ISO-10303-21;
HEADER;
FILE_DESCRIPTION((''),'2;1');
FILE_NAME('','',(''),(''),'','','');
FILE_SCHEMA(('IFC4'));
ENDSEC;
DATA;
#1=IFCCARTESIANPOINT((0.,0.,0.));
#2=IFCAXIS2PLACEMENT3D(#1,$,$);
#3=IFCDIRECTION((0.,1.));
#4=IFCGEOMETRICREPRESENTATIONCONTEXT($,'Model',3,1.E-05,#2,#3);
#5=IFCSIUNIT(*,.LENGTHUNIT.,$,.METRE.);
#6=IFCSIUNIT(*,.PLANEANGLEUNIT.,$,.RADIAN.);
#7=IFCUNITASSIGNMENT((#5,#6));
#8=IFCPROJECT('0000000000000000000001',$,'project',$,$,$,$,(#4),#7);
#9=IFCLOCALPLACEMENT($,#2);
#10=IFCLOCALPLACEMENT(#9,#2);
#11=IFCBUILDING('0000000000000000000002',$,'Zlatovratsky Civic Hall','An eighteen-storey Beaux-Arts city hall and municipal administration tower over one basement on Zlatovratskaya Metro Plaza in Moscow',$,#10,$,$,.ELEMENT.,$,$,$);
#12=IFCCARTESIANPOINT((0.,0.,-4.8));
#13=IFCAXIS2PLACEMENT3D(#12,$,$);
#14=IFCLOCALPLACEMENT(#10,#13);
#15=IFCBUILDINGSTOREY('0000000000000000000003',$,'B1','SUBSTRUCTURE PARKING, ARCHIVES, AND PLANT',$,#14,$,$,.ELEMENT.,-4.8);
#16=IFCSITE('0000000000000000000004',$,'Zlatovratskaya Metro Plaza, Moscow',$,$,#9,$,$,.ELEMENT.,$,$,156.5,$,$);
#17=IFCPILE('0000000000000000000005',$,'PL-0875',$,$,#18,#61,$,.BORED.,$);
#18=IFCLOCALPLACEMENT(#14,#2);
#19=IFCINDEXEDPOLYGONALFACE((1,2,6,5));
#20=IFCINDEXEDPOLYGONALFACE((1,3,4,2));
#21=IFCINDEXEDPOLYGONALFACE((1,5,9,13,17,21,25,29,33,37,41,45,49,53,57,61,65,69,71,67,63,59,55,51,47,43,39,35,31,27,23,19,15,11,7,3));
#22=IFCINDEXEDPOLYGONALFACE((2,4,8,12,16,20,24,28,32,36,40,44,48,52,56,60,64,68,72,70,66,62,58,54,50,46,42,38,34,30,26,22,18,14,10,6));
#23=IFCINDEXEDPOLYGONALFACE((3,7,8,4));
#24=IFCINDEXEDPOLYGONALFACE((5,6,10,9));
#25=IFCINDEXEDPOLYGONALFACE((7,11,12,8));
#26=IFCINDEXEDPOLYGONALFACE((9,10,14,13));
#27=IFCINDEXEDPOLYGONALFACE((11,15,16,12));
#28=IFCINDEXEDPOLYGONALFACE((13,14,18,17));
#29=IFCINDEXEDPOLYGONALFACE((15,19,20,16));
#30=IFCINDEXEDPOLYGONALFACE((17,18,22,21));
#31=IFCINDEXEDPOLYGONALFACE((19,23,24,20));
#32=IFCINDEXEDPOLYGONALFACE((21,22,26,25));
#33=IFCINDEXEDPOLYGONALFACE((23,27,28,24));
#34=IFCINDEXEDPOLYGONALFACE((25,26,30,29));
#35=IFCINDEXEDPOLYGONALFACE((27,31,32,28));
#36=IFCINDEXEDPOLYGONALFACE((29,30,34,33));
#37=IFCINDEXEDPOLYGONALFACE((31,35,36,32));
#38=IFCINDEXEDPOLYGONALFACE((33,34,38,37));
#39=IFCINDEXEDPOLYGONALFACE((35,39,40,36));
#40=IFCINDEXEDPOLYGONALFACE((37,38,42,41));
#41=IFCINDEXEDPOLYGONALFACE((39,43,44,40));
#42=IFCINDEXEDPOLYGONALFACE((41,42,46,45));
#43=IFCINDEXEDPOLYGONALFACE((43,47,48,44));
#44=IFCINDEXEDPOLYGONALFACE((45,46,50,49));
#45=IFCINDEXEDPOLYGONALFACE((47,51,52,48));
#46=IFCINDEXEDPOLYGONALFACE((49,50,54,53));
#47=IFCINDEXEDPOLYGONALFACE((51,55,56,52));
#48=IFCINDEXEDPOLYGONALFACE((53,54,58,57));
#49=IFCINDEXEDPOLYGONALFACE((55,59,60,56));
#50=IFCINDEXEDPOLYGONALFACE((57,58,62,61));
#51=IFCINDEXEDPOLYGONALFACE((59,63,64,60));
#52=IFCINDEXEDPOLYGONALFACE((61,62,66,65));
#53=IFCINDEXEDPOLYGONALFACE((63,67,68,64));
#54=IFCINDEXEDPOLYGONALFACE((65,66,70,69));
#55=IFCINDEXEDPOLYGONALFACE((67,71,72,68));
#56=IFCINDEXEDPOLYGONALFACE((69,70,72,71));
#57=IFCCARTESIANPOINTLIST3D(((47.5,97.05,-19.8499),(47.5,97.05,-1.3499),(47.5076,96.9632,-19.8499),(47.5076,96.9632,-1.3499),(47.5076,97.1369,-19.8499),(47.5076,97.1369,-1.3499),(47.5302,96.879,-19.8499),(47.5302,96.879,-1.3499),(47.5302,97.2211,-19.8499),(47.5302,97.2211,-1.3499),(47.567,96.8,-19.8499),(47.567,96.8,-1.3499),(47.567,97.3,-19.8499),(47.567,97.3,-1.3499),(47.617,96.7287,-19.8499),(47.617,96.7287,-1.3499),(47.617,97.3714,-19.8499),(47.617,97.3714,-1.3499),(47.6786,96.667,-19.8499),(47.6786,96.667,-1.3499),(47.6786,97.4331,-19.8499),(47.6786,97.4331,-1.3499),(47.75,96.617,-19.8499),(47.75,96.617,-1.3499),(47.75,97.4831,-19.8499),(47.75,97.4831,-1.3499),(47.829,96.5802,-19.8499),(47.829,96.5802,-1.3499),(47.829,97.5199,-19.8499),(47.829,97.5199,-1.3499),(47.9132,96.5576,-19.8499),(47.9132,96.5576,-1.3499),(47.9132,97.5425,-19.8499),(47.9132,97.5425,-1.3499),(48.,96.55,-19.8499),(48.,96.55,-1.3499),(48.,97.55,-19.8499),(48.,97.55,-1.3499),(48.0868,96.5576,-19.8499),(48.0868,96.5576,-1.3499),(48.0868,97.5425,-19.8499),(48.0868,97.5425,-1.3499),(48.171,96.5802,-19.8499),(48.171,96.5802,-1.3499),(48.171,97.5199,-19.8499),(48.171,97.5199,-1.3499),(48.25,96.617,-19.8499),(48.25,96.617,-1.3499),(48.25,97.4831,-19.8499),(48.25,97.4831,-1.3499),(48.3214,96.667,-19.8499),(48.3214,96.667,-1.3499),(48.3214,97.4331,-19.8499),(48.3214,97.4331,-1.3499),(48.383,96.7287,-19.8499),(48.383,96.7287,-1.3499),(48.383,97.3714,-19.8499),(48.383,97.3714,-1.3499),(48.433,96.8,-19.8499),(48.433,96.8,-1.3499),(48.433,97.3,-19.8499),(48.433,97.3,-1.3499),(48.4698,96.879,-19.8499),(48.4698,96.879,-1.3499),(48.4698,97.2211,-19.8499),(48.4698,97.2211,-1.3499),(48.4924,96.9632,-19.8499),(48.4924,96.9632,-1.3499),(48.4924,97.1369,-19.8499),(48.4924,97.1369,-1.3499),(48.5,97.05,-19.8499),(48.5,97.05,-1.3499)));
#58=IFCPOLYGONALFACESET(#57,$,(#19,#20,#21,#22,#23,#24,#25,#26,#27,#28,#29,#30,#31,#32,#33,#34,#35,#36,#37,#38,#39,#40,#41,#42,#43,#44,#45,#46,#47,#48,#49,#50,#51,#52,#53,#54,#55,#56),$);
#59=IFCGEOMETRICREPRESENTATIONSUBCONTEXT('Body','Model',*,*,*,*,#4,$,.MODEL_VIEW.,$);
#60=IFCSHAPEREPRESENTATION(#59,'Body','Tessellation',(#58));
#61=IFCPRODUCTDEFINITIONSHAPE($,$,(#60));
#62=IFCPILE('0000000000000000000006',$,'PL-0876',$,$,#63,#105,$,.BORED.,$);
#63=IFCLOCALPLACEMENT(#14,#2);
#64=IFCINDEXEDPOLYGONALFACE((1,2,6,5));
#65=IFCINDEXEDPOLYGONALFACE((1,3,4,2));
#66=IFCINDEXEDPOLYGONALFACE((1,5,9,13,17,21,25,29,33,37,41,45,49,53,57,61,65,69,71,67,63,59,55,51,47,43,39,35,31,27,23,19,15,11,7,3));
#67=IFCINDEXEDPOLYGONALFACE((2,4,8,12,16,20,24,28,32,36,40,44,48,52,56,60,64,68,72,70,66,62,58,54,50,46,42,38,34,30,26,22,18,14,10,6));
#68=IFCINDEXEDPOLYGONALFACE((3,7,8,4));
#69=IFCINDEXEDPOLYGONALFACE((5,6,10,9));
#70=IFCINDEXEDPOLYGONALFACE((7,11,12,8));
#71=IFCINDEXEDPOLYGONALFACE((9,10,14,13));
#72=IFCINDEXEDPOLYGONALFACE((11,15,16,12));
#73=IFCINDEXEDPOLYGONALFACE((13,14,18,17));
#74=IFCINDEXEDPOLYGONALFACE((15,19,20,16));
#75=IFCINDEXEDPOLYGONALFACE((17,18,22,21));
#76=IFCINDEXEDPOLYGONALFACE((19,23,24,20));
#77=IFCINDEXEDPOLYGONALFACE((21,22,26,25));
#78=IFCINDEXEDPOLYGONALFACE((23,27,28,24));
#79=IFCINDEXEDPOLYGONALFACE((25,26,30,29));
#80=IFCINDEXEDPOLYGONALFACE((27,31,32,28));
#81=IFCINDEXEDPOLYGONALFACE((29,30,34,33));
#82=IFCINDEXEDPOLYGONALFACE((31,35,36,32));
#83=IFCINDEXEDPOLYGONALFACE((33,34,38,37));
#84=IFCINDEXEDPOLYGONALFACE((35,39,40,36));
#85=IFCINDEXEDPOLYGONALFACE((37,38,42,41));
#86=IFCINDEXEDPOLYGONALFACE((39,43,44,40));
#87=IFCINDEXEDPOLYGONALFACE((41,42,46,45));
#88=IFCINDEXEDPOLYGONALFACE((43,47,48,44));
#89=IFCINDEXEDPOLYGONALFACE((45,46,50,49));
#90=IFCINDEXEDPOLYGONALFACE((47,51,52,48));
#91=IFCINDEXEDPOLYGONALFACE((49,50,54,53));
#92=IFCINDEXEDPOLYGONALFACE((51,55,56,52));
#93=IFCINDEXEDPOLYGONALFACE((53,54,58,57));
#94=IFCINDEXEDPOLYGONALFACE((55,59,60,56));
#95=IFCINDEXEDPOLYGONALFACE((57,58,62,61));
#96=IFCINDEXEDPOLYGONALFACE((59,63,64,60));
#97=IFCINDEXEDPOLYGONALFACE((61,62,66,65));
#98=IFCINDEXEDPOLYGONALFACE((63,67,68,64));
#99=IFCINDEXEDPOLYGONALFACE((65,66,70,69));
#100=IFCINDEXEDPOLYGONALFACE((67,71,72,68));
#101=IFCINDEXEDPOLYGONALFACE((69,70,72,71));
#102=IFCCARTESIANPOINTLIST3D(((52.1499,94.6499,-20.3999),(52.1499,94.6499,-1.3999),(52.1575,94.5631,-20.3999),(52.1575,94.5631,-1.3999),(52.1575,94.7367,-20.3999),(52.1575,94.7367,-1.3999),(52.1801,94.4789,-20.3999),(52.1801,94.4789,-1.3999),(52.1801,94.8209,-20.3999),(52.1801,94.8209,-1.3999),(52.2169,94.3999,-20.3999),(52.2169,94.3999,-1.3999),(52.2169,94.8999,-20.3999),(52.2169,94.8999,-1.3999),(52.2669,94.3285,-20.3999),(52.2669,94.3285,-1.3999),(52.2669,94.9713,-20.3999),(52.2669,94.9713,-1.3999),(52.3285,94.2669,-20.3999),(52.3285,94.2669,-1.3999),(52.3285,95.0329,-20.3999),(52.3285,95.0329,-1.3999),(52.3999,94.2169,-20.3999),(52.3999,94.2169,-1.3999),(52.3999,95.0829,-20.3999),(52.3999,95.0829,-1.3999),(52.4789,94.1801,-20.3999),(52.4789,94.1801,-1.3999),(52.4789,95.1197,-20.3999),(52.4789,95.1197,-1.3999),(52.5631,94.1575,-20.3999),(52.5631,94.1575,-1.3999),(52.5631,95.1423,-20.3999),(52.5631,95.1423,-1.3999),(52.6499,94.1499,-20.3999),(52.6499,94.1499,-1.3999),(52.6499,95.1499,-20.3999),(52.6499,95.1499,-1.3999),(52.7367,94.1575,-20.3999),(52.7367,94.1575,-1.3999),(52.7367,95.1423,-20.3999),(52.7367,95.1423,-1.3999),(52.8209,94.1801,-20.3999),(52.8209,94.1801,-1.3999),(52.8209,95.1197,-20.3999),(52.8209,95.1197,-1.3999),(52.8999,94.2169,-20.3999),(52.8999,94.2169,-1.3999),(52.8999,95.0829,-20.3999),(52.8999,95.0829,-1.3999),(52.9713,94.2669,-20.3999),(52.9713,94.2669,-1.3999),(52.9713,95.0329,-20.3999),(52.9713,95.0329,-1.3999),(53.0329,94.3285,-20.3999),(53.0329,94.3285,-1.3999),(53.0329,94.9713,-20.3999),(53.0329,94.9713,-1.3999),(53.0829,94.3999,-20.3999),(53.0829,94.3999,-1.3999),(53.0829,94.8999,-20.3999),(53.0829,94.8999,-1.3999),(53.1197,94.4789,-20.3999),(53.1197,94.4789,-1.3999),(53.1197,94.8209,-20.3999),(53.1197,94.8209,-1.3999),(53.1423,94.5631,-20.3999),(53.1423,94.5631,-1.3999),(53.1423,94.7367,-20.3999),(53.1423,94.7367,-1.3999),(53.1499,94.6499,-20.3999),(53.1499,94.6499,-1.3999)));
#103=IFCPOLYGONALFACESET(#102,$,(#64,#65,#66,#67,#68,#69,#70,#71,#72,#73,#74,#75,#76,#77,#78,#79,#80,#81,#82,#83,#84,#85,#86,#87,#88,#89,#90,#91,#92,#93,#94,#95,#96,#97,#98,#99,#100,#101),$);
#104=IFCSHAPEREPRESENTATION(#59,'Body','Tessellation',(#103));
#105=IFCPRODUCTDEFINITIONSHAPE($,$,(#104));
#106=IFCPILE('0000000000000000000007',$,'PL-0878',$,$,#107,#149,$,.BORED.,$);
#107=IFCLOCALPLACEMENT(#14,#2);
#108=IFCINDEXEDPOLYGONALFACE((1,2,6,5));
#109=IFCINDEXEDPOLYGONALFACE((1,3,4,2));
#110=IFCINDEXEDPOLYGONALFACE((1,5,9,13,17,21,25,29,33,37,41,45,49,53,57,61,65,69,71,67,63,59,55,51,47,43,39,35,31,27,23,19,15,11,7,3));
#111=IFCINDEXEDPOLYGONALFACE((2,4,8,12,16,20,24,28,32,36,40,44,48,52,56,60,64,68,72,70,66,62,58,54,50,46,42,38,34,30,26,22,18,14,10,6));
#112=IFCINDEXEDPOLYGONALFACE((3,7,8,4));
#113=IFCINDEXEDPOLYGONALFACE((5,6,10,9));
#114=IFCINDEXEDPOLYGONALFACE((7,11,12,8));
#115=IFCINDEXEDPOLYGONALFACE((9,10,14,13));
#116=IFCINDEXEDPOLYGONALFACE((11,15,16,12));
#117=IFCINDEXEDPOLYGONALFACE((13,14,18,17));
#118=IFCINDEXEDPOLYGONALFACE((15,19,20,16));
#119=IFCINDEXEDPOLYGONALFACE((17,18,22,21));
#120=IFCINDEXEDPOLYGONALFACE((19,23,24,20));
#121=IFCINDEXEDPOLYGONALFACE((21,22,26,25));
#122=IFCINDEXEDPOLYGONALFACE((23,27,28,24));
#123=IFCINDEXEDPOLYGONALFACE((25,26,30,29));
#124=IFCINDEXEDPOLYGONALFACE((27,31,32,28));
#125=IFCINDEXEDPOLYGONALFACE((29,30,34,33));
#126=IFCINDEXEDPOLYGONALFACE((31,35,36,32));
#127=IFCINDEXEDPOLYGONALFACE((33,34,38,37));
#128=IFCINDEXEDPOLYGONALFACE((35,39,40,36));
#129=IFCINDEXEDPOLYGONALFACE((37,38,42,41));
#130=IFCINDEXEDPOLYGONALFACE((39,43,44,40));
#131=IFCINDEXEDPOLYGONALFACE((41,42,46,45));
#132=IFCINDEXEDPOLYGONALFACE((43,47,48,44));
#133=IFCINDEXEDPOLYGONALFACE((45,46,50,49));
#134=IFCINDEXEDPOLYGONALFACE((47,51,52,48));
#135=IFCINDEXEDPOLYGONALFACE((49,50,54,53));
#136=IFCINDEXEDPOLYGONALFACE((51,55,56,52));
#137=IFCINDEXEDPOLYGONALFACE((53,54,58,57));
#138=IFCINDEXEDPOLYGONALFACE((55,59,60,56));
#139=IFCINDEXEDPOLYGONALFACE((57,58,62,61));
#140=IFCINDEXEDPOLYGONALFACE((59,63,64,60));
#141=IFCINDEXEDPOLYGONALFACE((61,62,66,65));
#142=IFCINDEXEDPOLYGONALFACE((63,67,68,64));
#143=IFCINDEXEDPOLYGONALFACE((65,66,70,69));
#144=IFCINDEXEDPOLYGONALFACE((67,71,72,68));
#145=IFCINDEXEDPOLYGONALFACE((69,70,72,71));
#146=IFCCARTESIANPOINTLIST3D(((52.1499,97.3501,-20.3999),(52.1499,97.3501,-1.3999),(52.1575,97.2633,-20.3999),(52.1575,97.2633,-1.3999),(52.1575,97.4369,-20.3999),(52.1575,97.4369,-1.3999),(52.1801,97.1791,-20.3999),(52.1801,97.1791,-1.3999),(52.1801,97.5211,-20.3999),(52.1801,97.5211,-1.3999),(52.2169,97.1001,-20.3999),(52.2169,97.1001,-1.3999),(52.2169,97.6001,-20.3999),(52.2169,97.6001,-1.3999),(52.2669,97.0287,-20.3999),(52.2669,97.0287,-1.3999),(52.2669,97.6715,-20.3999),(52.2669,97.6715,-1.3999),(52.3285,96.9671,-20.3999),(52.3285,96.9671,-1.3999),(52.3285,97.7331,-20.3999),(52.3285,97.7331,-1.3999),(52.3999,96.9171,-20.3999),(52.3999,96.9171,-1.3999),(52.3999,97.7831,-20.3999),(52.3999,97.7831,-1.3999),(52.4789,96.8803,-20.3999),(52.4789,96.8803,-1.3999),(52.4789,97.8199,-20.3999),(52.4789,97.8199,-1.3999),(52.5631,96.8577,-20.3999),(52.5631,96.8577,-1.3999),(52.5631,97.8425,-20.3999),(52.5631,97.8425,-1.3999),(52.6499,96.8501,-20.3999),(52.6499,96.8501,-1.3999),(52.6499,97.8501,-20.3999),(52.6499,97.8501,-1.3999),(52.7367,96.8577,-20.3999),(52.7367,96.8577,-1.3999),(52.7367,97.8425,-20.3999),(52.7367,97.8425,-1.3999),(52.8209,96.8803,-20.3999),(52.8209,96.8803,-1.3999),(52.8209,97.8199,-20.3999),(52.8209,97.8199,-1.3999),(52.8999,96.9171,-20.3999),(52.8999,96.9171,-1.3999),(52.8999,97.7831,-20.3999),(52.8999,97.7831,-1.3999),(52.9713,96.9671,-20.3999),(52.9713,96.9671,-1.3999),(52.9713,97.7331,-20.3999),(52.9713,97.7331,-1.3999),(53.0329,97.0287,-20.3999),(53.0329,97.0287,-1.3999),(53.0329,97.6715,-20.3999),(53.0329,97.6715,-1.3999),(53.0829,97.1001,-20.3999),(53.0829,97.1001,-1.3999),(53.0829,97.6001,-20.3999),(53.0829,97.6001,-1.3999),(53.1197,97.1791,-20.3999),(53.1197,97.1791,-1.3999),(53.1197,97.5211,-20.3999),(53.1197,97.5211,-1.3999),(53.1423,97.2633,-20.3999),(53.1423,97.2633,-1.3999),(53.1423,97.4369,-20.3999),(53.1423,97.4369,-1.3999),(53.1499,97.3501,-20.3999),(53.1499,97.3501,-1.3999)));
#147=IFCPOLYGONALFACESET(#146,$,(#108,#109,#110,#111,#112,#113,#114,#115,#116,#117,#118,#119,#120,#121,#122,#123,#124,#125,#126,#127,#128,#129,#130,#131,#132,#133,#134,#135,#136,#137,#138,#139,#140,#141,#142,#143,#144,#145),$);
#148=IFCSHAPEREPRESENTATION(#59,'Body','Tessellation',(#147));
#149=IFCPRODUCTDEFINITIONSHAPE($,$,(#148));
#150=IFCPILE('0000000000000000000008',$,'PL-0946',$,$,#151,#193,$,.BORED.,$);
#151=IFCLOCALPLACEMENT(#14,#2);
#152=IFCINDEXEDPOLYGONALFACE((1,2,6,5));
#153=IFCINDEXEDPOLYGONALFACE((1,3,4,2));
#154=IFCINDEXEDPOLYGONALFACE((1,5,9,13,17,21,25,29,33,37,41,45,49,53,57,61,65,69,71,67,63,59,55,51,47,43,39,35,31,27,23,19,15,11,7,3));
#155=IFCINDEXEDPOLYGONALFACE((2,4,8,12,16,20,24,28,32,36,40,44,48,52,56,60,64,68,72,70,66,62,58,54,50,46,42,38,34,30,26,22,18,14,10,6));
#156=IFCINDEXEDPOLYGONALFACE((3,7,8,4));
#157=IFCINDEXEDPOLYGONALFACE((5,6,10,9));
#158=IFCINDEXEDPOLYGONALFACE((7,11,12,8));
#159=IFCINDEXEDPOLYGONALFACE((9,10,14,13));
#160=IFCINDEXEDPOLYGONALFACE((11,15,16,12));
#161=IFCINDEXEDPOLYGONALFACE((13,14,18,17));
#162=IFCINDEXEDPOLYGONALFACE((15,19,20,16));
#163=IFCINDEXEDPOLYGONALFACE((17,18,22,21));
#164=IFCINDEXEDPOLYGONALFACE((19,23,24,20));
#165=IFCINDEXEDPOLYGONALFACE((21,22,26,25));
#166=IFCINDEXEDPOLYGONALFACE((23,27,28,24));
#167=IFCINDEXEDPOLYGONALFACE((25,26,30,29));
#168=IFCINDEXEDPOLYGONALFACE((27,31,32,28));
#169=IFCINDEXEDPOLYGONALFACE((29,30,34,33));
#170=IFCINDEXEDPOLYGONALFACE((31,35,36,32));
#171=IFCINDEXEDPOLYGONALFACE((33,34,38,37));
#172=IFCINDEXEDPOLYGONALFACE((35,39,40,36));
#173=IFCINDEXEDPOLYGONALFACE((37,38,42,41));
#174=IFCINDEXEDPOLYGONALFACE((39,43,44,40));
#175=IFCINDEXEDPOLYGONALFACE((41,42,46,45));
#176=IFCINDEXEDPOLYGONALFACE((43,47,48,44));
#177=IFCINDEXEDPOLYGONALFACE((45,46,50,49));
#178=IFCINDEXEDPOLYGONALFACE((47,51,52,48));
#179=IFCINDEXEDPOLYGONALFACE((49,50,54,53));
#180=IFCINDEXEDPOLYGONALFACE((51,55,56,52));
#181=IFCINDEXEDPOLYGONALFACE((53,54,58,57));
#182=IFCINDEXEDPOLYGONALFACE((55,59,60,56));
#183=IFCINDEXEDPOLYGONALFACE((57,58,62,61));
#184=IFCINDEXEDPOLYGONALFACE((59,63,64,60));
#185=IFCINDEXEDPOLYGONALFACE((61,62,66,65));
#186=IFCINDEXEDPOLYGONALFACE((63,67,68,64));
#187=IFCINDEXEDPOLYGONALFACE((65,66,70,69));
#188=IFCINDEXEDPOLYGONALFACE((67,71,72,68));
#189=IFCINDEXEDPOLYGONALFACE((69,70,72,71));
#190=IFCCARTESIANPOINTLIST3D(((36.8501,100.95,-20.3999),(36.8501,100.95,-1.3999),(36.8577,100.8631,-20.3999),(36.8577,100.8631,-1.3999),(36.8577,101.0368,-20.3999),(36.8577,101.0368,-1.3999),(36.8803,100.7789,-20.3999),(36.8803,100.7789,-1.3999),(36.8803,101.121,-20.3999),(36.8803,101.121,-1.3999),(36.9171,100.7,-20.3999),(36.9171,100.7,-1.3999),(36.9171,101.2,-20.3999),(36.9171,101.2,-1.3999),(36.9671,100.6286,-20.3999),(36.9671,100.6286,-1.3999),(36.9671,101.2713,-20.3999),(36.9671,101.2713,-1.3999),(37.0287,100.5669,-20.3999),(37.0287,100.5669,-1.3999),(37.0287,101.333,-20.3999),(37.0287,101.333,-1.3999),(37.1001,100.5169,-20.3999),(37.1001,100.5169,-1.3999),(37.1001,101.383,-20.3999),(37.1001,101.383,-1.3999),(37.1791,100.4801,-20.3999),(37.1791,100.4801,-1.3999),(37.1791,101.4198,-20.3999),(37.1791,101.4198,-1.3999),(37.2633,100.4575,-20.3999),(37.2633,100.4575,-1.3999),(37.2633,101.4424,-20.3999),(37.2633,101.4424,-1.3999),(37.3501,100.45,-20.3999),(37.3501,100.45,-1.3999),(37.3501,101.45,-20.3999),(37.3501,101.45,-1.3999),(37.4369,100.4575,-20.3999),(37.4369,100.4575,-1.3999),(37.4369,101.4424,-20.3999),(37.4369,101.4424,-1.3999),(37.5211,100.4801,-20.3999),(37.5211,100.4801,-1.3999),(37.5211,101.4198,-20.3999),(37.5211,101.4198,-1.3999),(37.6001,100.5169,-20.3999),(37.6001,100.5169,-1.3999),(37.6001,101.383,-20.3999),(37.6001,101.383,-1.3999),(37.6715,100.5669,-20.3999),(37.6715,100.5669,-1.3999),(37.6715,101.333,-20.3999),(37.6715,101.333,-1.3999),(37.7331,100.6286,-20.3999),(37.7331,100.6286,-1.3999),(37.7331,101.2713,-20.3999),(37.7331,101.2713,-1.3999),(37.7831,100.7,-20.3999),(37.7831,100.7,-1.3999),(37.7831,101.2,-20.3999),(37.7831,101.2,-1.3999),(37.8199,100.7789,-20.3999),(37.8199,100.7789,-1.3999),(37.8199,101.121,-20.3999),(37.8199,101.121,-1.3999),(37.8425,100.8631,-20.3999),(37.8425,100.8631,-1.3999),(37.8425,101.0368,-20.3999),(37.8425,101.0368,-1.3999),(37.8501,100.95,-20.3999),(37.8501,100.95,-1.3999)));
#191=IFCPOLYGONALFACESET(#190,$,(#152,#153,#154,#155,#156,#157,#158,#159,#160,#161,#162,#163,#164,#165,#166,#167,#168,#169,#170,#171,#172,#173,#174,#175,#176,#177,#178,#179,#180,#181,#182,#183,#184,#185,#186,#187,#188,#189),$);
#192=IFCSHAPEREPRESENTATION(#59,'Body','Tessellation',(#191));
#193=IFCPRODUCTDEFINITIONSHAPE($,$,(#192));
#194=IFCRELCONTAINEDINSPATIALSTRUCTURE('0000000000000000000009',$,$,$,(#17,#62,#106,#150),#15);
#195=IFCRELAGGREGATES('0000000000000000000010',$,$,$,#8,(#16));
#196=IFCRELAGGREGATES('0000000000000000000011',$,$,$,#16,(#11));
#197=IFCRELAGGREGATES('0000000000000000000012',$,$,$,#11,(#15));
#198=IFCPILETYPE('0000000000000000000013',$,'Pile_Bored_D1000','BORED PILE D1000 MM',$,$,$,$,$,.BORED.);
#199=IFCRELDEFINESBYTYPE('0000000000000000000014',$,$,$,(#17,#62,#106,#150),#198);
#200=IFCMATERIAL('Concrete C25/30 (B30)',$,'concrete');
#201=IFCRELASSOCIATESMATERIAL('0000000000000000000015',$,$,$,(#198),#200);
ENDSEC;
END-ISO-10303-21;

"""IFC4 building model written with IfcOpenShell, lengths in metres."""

from ifc_helpers import new_model, si_unit, direction, frame, origin, origin_2d, place, context, subcontext, project, spatial, circle, extrude, material, material_profile, profile_set, type_object, element, save


model = new_model("IFC4")

# Units and contexts
model_context = context("Model", 3, precision=1e-05, world=origin(), true_north=direction((0.0, 1.0)))
body_context = subcontext(model_context, "Body", "Model", "MODEL_VIEW")
ifc_project = project(units=[si_unit("LENGTHUNIT", "METRE"), si_unit("PLANEANGLEUNIT", "RADIAN")], contexts=[model_context])

# Site, building, storey
site_placement = place(None, origin())
site = spatial("IfcSite", under=ifc_project, at=site_placement, Name="Zlatovratskaya Metro Plaza, Moscow", CompositionType="ELEMENT", RefElevation=156.5)
building_placement = place(site_placement, origin())
building = spatial("IfcBuilding", under=site, at=building_placement, Name="Zlatovratsky Civic Hall", Description="An eighteen-storey Beaux-Arts city hall and municipal administration tower over one basement on Zlatovratskaya Metro Plaza in Moscow", CompositionType="ELEMENT")
storey_placement = place(building_placement, frame((0.0, 0.0, -4.8)))
storey = spatial("IfcBuildingStorey", under=building, at=storey_placement, Name="B1", Description="SUBSTRUCTURE PARKING, ARCHIVES, AND PLANT", CompositionType="ELEMENT", Elevation=-4.8)

# Shared definitions
ifc_material_1 = material(Name="Concrete C25/30 (B30)", Category="concrete")

# Piles
ifc_material_profile_1 = material_profile(ifc_material_1, circle(Radius=0.5, at=origin_2d()), Name="PILE D1000")
ifc_profile_set_1 = profile_set([ifc_material_profile_1], Name="Concrete C25/30 (B30)")
pile_type_1 = type_object("IfcPileType", Name="Pile_Bored_D1000", Description="BORED PILE D1000 MM", PredefinedType="BORED", material=ifc_profile_set_1)
for number, where, z_axis, x_axis, name in (
    (1, (48.0, 97.05, -1.3499), (0.0, 0.0, -1.0), (1.0, 0.0, 0.0), "PL-0875"),
):
    element("IfcPile", number, at=place(storey_placement, frame(where, z_axis=z_axis, x_axis=x_axis)), inside=storey, type_object=pile_type_1, Name=name, PredefinedType="BORED", context=body_context, shape_type="SweptSolid", body=[
        extrude(circle(Radius=0.5, at=origin_2d()), origin(), (0.0, 0.0, 1.0), 18.5),
    ])
for number, where, z_axis, x_axis, name in (
    (2, (52.6499, 94.6499, -1.3999), (0.0, 0.0, -1.0), (1.0, 0.0, 0.0), "PL-0876"),
    (3, (52.6499, 97.3501, -1.3999), (0.0, 0.0, -1.0), (1.0, 0.0, 0.0), "PL-0878"),
    (4, (37.3501, 100.95, -1.3999), (0.0, 0.0, -1.0), (1.0, 0.0, 0.0), "PL-0946"),
):
    element("IfcPile", number, at=place(storey_placement, frame(where, z_axis=z_axis, x_axis=x_axis)), inside=storey, type_object=pile_type_1, Name=name, PredefinedType="BORED", context=body_context, shape_type="SweptSolid", body=[
        extrude(circle(Radius=0.5, at=origin_2d()), origin(), (0.0, 0.0, 1.0), 19.0),
    ])

save(model, "model.ifc")
